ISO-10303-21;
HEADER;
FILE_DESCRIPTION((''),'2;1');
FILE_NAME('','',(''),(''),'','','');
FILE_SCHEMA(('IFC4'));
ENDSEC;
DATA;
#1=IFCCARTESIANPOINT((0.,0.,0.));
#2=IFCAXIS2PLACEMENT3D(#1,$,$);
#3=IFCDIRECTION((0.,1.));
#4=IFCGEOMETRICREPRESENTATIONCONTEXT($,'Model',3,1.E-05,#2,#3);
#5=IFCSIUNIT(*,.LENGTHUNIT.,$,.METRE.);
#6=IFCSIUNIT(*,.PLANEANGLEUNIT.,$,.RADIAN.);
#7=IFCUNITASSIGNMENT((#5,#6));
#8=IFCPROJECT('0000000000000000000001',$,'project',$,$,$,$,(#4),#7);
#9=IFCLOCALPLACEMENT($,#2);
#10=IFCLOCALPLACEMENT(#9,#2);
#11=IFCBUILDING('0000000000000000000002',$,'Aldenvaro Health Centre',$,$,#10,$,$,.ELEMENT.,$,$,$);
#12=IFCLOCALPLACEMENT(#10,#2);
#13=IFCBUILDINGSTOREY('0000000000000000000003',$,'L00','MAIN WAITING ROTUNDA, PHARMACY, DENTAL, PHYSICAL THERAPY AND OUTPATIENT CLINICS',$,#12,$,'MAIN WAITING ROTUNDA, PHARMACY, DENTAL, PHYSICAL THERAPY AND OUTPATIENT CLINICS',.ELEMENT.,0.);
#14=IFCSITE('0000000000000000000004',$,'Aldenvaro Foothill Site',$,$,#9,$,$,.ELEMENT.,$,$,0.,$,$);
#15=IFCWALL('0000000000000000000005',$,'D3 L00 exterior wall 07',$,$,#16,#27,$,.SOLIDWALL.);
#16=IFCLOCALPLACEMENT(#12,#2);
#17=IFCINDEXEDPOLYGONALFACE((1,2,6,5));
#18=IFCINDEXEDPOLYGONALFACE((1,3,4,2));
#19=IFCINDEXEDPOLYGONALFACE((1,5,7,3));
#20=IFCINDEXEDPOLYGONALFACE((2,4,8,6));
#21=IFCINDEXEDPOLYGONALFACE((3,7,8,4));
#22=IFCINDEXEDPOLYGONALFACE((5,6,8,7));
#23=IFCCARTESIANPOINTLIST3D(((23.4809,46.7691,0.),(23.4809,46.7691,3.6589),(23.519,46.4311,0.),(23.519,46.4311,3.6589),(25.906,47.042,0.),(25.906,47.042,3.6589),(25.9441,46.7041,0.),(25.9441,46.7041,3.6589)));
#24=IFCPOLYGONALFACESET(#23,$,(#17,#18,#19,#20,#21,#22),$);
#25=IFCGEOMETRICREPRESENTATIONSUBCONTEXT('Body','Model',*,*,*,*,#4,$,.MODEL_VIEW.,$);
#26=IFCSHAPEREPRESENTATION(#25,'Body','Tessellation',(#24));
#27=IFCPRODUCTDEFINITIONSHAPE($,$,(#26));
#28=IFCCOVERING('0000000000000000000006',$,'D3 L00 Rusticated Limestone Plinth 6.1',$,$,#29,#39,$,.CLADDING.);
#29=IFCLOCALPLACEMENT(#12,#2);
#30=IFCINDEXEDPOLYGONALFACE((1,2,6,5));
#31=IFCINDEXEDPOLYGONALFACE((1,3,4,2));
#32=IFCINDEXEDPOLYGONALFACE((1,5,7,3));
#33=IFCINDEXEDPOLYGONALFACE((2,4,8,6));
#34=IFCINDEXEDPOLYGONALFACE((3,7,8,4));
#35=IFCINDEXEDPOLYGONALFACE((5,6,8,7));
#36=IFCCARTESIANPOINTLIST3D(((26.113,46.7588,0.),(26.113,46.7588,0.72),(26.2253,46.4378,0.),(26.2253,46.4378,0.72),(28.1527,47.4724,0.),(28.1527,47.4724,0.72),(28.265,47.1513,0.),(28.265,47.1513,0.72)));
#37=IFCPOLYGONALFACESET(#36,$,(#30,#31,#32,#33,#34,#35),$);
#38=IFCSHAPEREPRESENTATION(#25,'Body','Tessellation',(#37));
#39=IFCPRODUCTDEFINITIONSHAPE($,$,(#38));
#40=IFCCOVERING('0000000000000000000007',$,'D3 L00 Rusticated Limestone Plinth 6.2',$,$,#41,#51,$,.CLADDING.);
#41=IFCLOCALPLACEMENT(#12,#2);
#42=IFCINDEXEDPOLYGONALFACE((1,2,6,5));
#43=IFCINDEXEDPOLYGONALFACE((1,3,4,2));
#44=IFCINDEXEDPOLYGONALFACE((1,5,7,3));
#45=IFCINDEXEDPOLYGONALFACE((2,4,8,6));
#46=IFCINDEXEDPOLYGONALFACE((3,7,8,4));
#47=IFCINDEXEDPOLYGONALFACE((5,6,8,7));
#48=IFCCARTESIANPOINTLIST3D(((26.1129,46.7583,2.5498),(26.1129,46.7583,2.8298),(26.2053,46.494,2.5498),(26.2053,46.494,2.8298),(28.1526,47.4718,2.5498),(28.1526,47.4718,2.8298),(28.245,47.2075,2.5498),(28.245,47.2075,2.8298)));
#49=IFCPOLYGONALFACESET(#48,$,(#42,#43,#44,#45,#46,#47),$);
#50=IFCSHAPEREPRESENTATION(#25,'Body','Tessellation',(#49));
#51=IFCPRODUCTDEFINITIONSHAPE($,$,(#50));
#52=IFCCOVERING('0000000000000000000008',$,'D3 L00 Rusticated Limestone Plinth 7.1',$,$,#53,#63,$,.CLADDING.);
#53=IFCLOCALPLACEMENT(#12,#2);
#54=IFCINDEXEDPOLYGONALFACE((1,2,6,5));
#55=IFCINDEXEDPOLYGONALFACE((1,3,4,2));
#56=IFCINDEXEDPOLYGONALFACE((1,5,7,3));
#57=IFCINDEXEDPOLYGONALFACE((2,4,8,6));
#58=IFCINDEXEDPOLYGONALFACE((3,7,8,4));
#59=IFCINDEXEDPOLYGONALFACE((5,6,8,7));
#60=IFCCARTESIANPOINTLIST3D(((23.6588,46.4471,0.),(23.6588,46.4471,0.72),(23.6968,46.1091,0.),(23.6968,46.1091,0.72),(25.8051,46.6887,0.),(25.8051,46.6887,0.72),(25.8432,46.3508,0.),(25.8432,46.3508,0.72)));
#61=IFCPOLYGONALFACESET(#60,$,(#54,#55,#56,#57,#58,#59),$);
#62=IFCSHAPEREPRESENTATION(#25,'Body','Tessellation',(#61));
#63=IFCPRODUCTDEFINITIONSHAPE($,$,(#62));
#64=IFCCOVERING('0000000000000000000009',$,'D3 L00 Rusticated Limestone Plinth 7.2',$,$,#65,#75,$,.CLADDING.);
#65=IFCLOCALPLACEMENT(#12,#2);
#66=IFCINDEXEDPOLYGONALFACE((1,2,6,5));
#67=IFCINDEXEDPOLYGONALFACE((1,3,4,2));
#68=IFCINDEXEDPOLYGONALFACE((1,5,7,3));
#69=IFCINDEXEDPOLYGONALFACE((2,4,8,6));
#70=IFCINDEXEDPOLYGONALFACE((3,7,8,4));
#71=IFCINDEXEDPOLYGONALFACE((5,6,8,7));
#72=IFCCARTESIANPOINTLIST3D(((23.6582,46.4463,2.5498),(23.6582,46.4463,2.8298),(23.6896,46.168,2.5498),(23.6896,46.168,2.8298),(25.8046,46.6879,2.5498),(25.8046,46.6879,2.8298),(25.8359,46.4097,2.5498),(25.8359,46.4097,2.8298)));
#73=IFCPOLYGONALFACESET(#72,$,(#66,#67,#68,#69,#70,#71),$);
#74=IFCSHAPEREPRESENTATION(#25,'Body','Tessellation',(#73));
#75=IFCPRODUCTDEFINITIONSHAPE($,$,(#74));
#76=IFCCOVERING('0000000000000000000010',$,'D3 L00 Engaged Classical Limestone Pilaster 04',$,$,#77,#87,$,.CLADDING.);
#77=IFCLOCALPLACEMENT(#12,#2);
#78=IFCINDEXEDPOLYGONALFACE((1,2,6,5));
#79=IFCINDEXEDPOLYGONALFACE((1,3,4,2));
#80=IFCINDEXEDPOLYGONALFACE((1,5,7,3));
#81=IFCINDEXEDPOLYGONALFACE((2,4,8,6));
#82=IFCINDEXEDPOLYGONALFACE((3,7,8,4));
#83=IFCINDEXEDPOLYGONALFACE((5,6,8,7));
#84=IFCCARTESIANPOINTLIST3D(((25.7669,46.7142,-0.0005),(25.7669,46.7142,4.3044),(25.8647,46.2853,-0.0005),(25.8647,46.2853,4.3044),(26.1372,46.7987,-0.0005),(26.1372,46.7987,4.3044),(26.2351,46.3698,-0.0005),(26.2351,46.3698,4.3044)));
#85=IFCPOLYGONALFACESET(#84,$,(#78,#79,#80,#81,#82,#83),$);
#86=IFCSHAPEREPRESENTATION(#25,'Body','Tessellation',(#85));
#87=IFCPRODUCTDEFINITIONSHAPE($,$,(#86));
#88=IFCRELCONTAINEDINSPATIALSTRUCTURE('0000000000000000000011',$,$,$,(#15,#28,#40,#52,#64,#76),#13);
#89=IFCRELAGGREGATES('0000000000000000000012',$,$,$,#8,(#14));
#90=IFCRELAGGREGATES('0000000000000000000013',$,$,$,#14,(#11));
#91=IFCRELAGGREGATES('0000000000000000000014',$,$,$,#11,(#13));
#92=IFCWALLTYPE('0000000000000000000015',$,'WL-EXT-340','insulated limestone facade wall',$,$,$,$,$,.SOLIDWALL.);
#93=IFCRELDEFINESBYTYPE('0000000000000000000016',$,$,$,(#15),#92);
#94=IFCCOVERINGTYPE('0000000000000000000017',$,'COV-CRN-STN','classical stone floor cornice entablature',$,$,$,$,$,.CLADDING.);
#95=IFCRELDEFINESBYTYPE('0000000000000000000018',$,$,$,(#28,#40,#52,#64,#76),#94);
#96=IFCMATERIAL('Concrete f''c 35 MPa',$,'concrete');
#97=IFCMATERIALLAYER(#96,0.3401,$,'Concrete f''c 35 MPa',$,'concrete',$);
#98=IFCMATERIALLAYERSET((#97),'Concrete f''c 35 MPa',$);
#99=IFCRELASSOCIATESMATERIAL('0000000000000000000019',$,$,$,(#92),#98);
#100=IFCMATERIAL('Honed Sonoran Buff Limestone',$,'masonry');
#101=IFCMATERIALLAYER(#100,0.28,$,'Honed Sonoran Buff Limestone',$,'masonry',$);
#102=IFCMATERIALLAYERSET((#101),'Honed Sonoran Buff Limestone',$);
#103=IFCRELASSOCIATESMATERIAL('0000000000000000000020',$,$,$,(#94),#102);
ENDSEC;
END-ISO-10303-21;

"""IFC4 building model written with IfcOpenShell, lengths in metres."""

from ifc_helpers import new_model, si_unit, direction, frame, frame_2d, origin, origin_2d, place, context, subcontext, project, spatial, rectangle, extrude, material, layer, layer_set, type_object, element, save


model = new_model("IFC4")

# Units and contexts
model_context = context("Model", 3, precision=1e-05, world=origin(), true_north=direction((0.0, 1.0)))
body_context = subcontext(model_context, "Body", "Model", "MODEL_VIEW")
ifc_project = project(units=[si_unit("LENGTHUNIT", "METRE"), si_unit("PLANEANGLEUNIT", "RADIAN")], contexts=[model_context])

# Site, building, storey
site_placement = place(None, origin())
site = spatial("IfcSite", under=ifc_project, at=site_placement, Name="Aldenvaro Foothill Site", CompositionType="ELEMENT", RefElevation=0.0)
building_placement = place(site_placement, origin())
building = spatial("IfcBuilding", under=site, at=building_placement, Name="Aldenvaro Health Centre", CompositionType="ELEMENT")
storey_placement = place(building_placement, origin())
storey = spatial("IfcBuildingStorey", under=building, at=storey_placement, Name="L00", Description="MAIN WAITING ROTUNDA, PHARMACY, DENTAL, PHYSICAL THERAPY AND OUTPATIENT CLINICS", LongName="MAIN WAITING ROTUNDA, PHARMACY, DENTAL, PHYSICAL THERAPY AND OUTPATIENT CLINICS", CompositionType="ELEMENT", Elevation=0.0)

# Wall
ifc_material_1 = material(Name="Concrete f'c 35 MPa", Category="concrete")
ifc_layer_1 = layer(ifc_material_1, 0.3401, Name="Concrete f'c 35 MPa", Category="concrete")
ifc_layer_set_1 = layer_set([ifc_layer_1], Name="Concrete f'c 35 MPa")
wall_type_1 = type_object("IfcWallType", Name="WL-EXT-340", Description="insulated limestone facade wall", PredefinedType="SOLIDWALL", material=ifc_layer_set_1)
wall_1_placement = place(storey_placement, frame((25.925, 46.873, 0.0), z_axis=(0.0, 0.0, 1.0), x_axis=(-0.993725, -0.111848, 0.0)))
element("IfcWall", 1, at=wall_1_placement, inside=storey, type_object=wall_type_1, Name="D3 L00 exterior wall 07", PredefinedType="SOLIDWALL", context=body_context, shape_type="SweptSolid", body=[
    extrude(rectangle(XDim=2.4404, YDim=0.3401, at=frame_2d((1.2202, 0.0))), origin(), (0.0, 0.0, 1.0), 3.6589),
])

# Coverings
ifc_material_2 = material(Name="Honed Sonoran Buff Limestone", Category="masonry")
ifc_layer_2 = layer(ifc_material_2, 0.28, Name="Honed Sonoran Buff Limestone", Category="masonry")
ifc_layer_set_2 = layer_set([ifc_layer_2], Name="Honed Sonoran Buff Limestone")
covering_type = type_object("IfcCoveringType", Name="COV-CRN-STN", Description="classical stone floor cornice entablature", PredefinedType="CLADDING", material=ifc_layer_set_2)
covering_1_placement = place(storey_placement, frame((27.189, 46.9551, 0.0), z_axis=(0.0, 0.0, 1.0), x_axis=(-0.943909, -0.330204, 0.0)))
element("IfcCovering", 2, at=covering_1_placement, inside=storey, type_object=covering_type, Name="D3 L00 Rusticated Limestone Plinth 6.1", PredefinedType="CLADDING", context=body_context, shape_type="SweptSolid", body=[
    extrude(rectangle(XDim=2.1609, YDim=0.3401, at=origin_2d()), origin(), (0.0, 0.0, 1.0), 0.72),
])
covering_2_placement = place(storey_placement, frame((27.179, 46.9829, 2.5498), z_axis=(0.0, 0.0, 1.0), x_axis=(-0.943909, -0.330204, 0.0)))
element("IfcCovering", 3, at=covering_2_placement, inside=storey, type_object=covering_type, Name="D3 L00 Rusticated Limestone Plinth 6.2", PredefinedType="CLADDING", context=body_context, shape_type="SweptSolid", body=[
    extrude(rectangle(XDim=2.1609, YDim=0.28, at=origin_2d()), origin(), (0.0, 0.0, 1.0), 0.28),
])
covering_3_placement = place(storey_placement, frame((24.751, 46.3989, 0.0), z_axis=(0.0, 0.0, 1.0), x_axis=(-0.993723, -0.111871, 0.0)))
element("IfcCovering", 4, at=covering_3_placement, inside=storey, type_object=covering_type, Name="D3 L00 Rusticated Limestone Plinth 7.1", PredefinedType="CLADDING", context=body_context, shape_type="SweptSolid", body=[
    extrude(rectangle(XDim=2.1599, YDim=0.3401, at=origin_2d()), origin(), (0.0, 0.0, 1.0), 0.72),
])
covering_4_placement = place(storey_placement, frame((24.7471, 46.428, 2.5498), z_axis=(0.0, 0.0, 1.0), x_axis=(-0.993723, -0.111871, 0.0)))
element("IfcCovering", 5, at=covering_4_placement, inside=storey, type_object=covering_type, Name="D3 L00 Rusticated Limestone Plinth 7.2", PredefinedType="CLADDING", context=body_context, shape_type="SweptSolid", body=[
    extrude(rectangle(XDim=2.1599, YDim=0.28, at=origin_2d()), origin(), (0.0, 0.0, 1.0), 0.28),
])
covering_5_placement = place(storey_placement, frame((26.001, 46.542, -0.0005), z_axis=(0.0, 0.0, 1.0), x_axis=(0.222474, -0.974939, 0.0)))
element("IfcCovering", 6, at=covering_5_placement, inside=storey, type_object=covering_type, Name="D3 L00 Engaged Classical Limestone Pilaster 04", PredefinedType="CLADDING", context=body_context, shape_type="SweptSolid", body=[
    extrude(rectangle(XDim=0.4399, YDim=0.3799, at=origin_2d()), origin(), (0.0, 0.0, 1.0), 4.3049),
])

save(model, "model.ifc")
